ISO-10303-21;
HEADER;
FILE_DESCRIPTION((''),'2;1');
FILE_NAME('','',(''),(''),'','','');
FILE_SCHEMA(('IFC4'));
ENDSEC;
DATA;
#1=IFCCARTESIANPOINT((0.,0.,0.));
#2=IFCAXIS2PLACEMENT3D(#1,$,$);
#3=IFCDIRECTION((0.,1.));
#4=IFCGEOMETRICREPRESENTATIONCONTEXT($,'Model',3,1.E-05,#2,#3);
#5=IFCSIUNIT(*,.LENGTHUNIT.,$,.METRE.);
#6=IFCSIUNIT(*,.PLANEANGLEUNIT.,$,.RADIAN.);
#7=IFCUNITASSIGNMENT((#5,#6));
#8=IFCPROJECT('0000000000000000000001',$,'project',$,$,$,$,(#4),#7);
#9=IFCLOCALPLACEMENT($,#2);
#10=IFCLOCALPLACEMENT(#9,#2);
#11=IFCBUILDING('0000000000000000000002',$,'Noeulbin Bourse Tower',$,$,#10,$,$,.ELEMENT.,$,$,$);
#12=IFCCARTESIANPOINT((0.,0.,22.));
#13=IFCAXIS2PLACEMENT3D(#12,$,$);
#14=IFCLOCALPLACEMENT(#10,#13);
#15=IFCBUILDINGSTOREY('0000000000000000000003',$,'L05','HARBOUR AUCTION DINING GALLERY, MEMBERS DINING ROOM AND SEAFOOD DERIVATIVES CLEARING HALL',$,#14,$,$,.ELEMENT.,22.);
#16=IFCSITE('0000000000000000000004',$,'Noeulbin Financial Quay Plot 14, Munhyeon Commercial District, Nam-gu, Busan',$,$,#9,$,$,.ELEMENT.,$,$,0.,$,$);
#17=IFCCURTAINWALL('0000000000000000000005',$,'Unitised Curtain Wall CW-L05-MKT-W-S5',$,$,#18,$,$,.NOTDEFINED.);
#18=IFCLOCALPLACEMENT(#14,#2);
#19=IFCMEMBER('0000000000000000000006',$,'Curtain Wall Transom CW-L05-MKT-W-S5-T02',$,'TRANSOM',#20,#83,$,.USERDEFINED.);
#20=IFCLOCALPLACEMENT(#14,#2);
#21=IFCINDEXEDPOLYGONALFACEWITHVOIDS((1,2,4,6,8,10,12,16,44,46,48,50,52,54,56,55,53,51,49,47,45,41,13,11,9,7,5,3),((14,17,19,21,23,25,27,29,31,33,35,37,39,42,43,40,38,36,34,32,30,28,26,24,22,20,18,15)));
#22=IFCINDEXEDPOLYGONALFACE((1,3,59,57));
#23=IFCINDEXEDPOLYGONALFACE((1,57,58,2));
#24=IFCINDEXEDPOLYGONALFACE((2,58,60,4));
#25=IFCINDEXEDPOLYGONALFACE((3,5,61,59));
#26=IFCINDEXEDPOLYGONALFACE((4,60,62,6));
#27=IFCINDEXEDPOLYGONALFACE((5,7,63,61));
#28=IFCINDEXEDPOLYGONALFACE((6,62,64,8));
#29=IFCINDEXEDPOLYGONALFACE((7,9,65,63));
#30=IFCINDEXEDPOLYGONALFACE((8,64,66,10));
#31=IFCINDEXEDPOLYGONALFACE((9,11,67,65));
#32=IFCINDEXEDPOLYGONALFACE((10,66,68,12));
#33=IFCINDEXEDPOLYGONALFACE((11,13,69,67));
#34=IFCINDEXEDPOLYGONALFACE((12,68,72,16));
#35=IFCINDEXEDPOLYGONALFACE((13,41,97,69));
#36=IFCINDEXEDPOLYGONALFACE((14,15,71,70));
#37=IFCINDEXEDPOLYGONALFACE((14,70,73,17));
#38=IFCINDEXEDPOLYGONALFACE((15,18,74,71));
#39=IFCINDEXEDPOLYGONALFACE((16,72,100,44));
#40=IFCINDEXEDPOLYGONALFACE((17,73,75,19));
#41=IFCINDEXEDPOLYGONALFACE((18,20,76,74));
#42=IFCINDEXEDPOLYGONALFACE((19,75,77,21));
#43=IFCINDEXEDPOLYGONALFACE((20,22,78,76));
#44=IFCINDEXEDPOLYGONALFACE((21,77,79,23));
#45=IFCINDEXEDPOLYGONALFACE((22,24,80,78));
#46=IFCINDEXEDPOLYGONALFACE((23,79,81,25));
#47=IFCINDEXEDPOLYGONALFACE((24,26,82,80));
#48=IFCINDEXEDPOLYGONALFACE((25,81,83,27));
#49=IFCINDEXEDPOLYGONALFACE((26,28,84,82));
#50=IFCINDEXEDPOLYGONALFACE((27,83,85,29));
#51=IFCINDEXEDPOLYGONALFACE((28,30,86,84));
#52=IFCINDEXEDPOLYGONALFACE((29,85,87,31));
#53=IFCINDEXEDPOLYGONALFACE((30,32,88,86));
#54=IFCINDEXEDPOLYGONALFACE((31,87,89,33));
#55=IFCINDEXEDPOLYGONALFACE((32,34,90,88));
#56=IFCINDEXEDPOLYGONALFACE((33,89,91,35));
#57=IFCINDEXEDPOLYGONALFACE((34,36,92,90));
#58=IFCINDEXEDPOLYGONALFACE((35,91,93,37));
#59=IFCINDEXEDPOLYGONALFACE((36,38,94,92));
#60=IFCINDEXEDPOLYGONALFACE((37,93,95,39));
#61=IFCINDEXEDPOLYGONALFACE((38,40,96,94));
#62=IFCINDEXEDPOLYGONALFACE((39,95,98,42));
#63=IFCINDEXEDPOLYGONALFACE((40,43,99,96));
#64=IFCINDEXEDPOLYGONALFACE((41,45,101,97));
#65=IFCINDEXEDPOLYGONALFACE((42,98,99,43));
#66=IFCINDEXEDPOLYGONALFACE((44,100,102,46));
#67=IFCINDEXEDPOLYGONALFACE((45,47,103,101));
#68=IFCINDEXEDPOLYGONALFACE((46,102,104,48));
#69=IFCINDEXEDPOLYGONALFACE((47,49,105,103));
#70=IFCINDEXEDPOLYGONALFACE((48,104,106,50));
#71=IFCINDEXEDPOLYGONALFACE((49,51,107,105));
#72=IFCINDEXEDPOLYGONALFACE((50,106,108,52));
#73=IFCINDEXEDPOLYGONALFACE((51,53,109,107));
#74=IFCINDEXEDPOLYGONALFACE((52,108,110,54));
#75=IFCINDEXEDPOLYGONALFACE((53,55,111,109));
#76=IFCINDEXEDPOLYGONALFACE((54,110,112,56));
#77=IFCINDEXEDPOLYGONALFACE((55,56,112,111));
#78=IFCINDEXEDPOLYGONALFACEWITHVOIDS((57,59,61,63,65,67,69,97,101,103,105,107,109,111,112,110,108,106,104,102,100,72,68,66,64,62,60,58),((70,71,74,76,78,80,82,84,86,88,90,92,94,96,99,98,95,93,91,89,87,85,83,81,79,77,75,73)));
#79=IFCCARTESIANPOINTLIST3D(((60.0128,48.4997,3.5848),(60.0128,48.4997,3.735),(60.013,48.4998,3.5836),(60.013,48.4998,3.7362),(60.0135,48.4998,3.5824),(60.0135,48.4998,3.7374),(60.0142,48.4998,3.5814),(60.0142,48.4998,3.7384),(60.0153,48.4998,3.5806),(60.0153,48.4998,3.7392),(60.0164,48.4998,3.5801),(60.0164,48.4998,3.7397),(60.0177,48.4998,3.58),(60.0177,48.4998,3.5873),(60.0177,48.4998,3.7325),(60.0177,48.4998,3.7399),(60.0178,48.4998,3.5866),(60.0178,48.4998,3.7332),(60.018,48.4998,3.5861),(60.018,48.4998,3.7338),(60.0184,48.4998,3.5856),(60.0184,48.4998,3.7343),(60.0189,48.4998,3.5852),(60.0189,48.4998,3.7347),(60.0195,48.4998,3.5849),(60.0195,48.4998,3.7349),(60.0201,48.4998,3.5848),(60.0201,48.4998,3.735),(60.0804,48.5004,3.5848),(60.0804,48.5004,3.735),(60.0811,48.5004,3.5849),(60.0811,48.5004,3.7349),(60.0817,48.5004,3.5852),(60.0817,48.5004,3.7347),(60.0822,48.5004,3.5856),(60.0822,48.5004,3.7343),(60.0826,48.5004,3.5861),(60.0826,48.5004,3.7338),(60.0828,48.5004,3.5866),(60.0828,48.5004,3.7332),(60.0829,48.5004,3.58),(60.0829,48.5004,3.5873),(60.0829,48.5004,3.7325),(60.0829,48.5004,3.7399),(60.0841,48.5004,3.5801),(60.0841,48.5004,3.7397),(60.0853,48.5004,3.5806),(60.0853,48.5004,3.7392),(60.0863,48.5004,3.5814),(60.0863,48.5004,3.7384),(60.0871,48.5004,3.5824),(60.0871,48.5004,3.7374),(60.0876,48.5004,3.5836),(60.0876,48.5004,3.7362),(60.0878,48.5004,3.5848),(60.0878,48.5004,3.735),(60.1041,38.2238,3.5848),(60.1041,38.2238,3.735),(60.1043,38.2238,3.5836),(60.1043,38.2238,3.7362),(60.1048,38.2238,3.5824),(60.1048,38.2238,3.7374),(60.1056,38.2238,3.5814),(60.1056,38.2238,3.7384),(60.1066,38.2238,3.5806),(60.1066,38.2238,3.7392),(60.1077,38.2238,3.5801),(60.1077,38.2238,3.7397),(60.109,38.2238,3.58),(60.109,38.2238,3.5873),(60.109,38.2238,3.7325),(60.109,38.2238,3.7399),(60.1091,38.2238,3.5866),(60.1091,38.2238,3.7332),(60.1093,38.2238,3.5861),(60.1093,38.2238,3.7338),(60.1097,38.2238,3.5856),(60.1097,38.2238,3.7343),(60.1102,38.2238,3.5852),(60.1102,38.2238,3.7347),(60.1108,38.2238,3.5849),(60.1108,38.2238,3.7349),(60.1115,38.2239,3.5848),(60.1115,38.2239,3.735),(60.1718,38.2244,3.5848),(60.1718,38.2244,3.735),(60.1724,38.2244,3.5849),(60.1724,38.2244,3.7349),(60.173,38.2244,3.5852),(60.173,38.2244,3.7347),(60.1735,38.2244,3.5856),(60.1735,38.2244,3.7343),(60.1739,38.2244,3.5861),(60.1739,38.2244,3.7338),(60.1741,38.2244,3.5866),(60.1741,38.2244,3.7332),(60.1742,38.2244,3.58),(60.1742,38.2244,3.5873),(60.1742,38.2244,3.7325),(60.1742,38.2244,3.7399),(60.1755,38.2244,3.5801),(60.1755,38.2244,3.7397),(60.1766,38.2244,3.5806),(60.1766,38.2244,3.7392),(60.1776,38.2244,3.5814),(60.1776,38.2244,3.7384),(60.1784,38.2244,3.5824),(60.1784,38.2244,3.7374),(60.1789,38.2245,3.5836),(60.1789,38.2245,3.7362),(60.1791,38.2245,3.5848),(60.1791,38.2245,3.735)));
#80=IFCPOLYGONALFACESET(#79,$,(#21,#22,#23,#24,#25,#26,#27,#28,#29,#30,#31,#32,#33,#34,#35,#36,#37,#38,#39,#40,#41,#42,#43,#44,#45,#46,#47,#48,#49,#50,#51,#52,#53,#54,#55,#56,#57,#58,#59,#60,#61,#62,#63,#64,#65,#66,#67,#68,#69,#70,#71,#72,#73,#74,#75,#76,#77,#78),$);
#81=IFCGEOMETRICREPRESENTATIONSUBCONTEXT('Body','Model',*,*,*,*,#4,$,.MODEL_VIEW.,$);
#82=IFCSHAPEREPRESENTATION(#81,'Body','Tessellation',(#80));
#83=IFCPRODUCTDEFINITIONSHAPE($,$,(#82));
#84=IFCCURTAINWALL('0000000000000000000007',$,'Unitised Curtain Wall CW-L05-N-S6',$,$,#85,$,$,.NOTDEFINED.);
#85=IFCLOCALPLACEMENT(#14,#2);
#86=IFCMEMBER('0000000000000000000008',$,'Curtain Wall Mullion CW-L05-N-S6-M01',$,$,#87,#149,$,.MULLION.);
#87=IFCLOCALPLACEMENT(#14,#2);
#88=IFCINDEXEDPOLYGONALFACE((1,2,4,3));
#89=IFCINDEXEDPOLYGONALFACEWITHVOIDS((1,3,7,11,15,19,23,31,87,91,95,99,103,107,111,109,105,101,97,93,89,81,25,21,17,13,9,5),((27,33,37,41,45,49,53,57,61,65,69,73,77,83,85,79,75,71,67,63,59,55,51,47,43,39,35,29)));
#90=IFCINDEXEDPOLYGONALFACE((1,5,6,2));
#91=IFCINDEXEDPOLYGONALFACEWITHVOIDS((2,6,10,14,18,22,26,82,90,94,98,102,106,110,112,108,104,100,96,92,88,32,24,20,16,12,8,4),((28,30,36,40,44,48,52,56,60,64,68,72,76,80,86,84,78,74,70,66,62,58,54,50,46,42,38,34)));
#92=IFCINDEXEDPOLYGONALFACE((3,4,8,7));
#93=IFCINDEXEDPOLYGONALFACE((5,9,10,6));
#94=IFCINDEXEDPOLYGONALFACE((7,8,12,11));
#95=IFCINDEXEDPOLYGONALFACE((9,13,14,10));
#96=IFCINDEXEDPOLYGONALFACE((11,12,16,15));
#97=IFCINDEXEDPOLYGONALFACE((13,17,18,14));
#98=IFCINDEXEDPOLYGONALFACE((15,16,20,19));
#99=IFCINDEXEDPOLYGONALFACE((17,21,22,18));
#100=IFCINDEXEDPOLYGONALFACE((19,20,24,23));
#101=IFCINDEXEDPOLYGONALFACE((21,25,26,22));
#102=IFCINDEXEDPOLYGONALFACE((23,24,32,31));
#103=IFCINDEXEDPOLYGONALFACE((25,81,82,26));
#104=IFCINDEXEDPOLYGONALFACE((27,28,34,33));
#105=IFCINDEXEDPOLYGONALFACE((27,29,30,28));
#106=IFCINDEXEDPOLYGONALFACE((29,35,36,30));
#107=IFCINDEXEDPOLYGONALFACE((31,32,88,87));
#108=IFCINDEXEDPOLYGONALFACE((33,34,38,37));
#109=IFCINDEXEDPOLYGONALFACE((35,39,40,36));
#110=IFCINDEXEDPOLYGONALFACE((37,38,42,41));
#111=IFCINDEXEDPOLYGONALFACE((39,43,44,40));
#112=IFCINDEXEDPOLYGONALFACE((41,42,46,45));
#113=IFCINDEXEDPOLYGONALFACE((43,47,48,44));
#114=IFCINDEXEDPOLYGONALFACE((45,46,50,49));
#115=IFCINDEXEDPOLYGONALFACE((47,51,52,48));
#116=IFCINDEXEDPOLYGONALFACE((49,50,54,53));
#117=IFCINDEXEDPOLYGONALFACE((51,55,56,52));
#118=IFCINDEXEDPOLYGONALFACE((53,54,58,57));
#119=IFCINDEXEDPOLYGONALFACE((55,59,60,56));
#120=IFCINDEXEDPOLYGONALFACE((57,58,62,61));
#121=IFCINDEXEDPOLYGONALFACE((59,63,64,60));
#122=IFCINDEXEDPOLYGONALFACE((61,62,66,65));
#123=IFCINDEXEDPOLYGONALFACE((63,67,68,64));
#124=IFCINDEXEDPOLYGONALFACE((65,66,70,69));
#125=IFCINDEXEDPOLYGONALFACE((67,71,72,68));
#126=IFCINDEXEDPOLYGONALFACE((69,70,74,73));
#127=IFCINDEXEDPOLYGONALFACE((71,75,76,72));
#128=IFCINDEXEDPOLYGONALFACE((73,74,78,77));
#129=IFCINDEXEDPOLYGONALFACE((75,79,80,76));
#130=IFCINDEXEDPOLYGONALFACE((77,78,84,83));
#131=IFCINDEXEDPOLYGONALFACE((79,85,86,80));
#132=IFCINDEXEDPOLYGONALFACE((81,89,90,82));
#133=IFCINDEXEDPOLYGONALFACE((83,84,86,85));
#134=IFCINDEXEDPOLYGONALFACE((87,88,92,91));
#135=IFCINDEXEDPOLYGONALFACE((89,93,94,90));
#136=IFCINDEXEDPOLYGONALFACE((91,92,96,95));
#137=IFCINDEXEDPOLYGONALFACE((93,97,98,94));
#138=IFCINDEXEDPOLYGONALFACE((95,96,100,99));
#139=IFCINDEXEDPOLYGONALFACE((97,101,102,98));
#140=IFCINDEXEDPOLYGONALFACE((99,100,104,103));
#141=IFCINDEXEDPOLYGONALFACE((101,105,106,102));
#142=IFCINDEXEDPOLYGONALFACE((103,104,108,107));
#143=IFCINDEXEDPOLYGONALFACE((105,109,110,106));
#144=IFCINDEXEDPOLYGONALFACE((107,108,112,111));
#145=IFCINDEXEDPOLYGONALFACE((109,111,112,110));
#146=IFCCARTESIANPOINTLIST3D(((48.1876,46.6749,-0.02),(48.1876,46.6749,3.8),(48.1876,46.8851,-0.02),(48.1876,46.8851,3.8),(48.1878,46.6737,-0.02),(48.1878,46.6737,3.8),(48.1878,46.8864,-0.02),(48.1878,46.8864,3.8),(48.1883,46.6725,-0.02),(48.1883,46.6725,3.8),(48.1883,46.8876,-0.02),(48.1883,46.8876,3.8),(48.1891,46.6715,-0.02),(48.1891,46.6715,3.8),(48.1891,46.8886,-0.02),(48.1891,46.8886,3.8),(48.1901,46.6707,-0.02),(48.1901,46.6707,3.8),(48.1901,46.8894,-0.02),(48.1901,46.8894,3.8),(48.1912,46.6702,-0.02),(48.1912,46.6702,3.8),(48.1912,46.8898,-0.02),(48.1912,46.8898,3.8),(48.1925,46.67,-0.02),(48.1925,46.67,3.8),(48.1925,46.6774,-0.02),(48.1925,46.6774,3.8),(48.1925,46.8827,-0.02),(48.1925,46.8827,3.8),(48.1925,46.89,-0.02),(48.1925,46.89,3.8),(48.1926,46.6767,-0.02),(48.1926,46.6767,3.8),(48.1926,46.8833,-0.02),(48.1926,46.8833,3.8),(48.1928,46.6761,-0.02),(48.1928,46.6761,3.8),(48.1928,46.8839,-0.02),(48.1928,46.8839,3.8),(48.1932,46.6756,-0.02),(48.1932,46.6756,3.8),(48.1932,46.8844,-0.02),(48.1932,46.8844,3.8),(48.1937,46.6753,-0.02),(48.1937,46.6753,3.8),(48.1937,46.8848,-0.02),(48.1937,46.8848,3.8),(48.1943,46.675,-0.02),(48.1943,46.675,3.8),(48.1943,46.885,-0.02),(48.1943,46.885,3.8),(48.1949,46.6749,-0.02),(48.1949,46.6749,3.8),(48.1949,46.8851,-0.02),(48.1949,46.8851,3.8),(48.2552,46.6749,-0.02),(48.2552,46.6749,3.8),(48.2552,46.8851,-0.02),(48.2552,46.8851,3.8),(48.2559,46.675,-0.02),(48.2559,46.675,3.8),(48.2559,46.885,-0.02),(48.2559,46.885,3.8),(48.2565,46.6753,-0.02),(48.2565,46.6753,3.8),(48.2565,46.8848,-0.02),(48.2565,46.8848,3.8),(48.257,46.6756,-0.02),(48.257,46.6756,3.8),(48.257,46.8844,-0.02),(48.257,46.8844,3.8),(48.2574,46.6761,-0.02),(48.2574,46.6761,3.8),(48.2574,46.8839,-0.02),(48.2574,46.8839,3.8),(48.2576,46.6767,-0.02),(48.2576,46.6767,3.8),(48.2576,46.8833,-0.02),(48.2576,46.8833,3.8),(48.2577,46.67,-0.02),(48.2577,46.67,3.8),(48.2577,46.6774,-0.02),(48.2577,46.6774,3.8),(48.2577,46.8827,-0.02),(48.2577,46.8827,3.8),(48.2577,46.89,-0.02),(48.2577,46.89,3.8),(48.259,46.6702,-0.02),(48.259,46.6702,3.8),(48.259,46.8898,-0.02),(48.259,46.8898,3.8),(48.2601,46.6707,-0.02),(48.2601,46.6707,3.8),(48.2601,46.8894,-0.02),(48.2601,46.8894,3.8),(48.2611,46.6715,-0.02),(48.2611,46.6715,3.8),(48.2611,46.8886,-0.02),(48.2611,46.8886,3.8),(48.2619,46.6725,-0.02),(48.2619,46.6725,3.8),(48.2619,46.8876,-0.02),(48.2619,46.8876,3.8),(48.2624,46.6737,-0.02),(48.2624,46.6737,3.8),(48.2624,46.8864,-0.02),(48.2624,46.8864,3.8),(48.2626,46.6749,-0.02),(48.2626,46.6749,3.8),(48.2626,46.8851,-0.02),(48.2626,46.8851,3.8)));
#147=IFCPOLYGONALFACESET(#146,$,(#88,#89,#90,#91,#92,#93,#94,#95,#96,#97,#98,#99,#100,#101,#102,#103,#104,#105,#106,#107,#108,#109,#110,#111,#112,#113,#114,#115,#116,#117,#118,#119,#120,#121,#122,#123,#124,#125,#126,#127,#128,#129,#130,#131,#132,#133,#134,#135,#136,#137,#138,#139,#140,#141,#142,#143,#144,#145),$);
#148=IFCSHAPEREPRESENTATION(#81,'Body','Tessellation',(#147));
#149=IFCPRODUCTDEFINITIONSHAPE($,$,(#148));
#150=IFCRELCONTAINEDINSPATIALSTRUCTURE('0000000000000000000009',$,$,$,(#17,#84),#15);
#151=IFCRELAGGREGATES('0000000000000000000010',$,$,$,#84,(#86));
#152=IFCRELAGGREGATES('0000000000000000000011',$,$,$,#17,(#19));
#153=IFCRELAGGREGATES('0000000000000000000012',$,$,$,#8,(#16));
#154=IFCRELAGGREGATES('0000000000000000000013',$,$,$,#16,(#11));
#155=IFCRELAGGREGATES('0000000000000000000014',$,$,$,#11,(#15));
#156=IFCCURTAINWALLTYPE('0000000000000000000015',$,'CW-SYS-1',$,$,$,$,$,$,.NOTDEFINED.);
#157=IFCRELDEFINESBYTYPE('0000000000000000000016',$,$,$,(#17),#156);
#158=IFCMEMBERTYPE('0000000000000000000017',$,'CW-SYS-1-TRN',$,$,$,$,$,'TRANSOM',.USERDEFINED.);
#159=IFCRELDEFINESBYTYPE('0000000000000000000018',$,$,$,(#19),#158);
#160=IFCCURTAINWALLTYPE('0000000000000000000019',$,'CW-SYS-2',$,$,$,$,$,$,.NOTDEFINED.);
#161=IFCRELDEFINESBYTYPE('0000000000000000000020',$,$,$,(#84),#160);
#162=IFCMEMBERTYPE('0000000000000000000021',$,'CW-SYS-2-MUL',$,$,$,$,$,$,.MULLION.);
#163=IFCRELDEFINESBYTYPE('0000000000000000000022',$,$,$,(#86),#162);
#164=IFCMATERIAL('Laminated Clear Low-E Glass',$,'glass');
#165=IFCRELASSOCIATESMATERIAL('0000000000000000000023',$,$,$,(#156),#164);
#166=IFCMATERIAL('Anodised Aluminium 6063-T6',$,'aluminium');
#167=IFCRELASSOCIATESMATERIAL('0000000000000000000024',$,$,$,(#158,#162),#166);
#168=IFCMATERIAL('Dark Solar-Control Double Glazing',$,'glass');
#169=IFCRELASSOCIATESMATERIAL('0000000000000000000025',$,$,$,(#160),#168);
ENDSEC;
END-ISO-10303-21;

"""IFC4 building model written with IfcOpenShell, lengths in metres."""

from ifc_helpers import new_model, si_unit, direction, frame, origin, origin_2d, place, context, subcontext, project, spatial, hollow_rectangle, extrude, material, material_profile, profile_set, type_object, element, aggregate, save


model = new_model("IFC4")

# Units and contexts
model_context = context("Model", 3, precision=1e-05, world=origin(), true_north=direction((0.0, 1.0)))
body_context = subcontext(model_context, "Body", "Model", "MODEL_VIEW")
ifc_project = project(units=[si_unit("LENGTHUNIT", "METRE"), si_unit("PLANEANGLEUNIT", "RADIAN")], contexts=[model_context])

# Site, building, storey
site_placement = place(None, origin())
site = spatial("IfcSite", under=ifc_project, at=site_placement, Name="Noeulbin Financial Quay Plot 14, Munhyeon Commercial District, Nam-gu, Busan", CompositionType="ELEMENT", RefElevation=0.0)
building_placement = place(site_placement, origin())
building = spatial("IfcBuilding", under=site, at=building_placement, Name="Noeulbin Bourse Tower", CompositionType="ELEMENT")
storey_placement = place(building_placement, frame((0.0, 0.0, 22.0)))
storey = spatial("IfcBuildingStorey", under=building, at=storey_placement, Name="L05", Description="HARBOUR AUCTION DINING GALLERY, MEMBERS DINING ROOM AND SEAFOOD DERIVATIVES CLEARING HALL", CompositionType="ELEMENT", Elevation=22.0)

# Curtain wall
ifc_material_1 = material(Name="Laminated Clear Low-E Glass", Category="glass")
curtain_wall_type_1 = type_object("IfcCurtainWallType", Name="CW-SYS-1", PredefinedType="NOTDEFINED", material=ifc_material_1)
ifc_material_2 = material(Name="Anodised Aluminium 6063-T6", Category="aluminium")
curtain_wall_1_placement = place(storey_placement, origin())
curtain_wall_1 = element("IfcCurtainWall", 1, at=curtain_wall_1_placement, inside=storey, type_object=curtain_wall_type_1, Name="Unitised Curtain Wall CW-L05-MKT-W-S5", PredefinedType="NOTDEFINED")

# Member
ifc_material_profile_1 = material_profile(ifc_material_2, hollow_rectangle(XDim=0.075, YDim=0.1599, WallThickness=0.0049, InnerFilletRadius=0.0024, OuterFilletRadius=0.0049, at=origin_2d()), Name="ALU-TRAN-75x160x5", Category="LoadBearing")
ifc_profile_set_1 = profile_set([ifc_material_profile_1], Name="Anodised Aluminium 6063-T6")
member_type_1 = type_object("IfcMemberType", Name="CW-SYS-1-TRN", ElementType="TRANSOM", PredefinedType="USERDEFINED", material=ifc_profile_set_1)
member_1_placement = place(storey_placement, frame((60.1416, 38.2241, 3.6599), z_axis=(-0.008885, 0.999961, 0.0), x_axis=(-0.999961, -0.008885, 0.0)))
member_1 = element("IfcMember", 2, at=member_1_placement, type_object=member_type_1, Name="Curtain Wall Transom CW-L05-MKT-W-S5-T02", ObjectType="TRANSOM", PredefinedType="USERDEFINED", context=body_context, shape_type="SweptSolid", body=[
    extrude(hollow_rectangle(XDim=0.075, YDim=0.1599, WallThickness=0.0049, InnerFilletRadius=0.0024, OuterFilletRadius=0.0049, at=origin_2d()), origin(), (0.0, 0.0, 1.0), 10.2764),
])

# Curtain wall, member
ifc_material_3 = material(Name="Dark Solar-Control Double Glazing", Category="glass")
curtain_wall_type_2 = type_object("IfcCurtainWallType", Name="CW-SYS-2", PredefinedType="NOTDEFINED", material=ifc_material_3)
curtain_wall_2_placement = place(storey_placement, origin())
curtain_wall_2 = element("IfcCurtainWall", 3, at=curtain_wall_2_placement, inside=storey, type_object=curtain_wall_type_2, Name="Unitised Curtain Wall CW-L05-N-S6", PredefinedType="NOTDEFINED")
ifc_material_profile_2 = material_profile(ifc_material_2, hollow_rectangle(XDim=0.075, YDim=0.22, WallThickness=0.0049, InnerFilletRadius=0.0024, OuterFilletRadius=0.0049, at=origin_2d()), Name="ALU-MULL-75x220x5", Category="LoadBearing")
ifc_profile_set_2 = profile_set([ifc_material_profile_2], Name="Anodised Aluminium 6063-T6")
member_type_2 = type_object("IfcMemberType", Name="CW-SYS-2-MUL", PredefinedType="MULLION", material=ifc_profile_set_2)
member_2_placement = place(storey_placement, frame((48.2251, 46.78, -0.02), z_axis=(0.0, 0.0, 1.0), x_axis=(1.0, 0.0, 0.0)))
member_2 = element("IfcMember", 4, at=member_2_placement, type_object=member_type_2, Name="Curtain Wall Mullion CW-L05-N-S6-M01", PredefinedType="MULLION", context=body_context, shape_type="SweptSolid", body=[
    extrude(hollow_rectangle(XDim=0.075, YDim=0.22, WallThickness=0.0049, InnerFilletRadius=0.0024, OuterFilletRadius=0.0049, at=origin_2d()), origin(), (0.0, 0.0, 1.0), 3.8201),
])
aggregate(curtain_wall_2, [member_2])

aggregate(curtain_wall_1, [member_1])

save(model, "model.ifc")
